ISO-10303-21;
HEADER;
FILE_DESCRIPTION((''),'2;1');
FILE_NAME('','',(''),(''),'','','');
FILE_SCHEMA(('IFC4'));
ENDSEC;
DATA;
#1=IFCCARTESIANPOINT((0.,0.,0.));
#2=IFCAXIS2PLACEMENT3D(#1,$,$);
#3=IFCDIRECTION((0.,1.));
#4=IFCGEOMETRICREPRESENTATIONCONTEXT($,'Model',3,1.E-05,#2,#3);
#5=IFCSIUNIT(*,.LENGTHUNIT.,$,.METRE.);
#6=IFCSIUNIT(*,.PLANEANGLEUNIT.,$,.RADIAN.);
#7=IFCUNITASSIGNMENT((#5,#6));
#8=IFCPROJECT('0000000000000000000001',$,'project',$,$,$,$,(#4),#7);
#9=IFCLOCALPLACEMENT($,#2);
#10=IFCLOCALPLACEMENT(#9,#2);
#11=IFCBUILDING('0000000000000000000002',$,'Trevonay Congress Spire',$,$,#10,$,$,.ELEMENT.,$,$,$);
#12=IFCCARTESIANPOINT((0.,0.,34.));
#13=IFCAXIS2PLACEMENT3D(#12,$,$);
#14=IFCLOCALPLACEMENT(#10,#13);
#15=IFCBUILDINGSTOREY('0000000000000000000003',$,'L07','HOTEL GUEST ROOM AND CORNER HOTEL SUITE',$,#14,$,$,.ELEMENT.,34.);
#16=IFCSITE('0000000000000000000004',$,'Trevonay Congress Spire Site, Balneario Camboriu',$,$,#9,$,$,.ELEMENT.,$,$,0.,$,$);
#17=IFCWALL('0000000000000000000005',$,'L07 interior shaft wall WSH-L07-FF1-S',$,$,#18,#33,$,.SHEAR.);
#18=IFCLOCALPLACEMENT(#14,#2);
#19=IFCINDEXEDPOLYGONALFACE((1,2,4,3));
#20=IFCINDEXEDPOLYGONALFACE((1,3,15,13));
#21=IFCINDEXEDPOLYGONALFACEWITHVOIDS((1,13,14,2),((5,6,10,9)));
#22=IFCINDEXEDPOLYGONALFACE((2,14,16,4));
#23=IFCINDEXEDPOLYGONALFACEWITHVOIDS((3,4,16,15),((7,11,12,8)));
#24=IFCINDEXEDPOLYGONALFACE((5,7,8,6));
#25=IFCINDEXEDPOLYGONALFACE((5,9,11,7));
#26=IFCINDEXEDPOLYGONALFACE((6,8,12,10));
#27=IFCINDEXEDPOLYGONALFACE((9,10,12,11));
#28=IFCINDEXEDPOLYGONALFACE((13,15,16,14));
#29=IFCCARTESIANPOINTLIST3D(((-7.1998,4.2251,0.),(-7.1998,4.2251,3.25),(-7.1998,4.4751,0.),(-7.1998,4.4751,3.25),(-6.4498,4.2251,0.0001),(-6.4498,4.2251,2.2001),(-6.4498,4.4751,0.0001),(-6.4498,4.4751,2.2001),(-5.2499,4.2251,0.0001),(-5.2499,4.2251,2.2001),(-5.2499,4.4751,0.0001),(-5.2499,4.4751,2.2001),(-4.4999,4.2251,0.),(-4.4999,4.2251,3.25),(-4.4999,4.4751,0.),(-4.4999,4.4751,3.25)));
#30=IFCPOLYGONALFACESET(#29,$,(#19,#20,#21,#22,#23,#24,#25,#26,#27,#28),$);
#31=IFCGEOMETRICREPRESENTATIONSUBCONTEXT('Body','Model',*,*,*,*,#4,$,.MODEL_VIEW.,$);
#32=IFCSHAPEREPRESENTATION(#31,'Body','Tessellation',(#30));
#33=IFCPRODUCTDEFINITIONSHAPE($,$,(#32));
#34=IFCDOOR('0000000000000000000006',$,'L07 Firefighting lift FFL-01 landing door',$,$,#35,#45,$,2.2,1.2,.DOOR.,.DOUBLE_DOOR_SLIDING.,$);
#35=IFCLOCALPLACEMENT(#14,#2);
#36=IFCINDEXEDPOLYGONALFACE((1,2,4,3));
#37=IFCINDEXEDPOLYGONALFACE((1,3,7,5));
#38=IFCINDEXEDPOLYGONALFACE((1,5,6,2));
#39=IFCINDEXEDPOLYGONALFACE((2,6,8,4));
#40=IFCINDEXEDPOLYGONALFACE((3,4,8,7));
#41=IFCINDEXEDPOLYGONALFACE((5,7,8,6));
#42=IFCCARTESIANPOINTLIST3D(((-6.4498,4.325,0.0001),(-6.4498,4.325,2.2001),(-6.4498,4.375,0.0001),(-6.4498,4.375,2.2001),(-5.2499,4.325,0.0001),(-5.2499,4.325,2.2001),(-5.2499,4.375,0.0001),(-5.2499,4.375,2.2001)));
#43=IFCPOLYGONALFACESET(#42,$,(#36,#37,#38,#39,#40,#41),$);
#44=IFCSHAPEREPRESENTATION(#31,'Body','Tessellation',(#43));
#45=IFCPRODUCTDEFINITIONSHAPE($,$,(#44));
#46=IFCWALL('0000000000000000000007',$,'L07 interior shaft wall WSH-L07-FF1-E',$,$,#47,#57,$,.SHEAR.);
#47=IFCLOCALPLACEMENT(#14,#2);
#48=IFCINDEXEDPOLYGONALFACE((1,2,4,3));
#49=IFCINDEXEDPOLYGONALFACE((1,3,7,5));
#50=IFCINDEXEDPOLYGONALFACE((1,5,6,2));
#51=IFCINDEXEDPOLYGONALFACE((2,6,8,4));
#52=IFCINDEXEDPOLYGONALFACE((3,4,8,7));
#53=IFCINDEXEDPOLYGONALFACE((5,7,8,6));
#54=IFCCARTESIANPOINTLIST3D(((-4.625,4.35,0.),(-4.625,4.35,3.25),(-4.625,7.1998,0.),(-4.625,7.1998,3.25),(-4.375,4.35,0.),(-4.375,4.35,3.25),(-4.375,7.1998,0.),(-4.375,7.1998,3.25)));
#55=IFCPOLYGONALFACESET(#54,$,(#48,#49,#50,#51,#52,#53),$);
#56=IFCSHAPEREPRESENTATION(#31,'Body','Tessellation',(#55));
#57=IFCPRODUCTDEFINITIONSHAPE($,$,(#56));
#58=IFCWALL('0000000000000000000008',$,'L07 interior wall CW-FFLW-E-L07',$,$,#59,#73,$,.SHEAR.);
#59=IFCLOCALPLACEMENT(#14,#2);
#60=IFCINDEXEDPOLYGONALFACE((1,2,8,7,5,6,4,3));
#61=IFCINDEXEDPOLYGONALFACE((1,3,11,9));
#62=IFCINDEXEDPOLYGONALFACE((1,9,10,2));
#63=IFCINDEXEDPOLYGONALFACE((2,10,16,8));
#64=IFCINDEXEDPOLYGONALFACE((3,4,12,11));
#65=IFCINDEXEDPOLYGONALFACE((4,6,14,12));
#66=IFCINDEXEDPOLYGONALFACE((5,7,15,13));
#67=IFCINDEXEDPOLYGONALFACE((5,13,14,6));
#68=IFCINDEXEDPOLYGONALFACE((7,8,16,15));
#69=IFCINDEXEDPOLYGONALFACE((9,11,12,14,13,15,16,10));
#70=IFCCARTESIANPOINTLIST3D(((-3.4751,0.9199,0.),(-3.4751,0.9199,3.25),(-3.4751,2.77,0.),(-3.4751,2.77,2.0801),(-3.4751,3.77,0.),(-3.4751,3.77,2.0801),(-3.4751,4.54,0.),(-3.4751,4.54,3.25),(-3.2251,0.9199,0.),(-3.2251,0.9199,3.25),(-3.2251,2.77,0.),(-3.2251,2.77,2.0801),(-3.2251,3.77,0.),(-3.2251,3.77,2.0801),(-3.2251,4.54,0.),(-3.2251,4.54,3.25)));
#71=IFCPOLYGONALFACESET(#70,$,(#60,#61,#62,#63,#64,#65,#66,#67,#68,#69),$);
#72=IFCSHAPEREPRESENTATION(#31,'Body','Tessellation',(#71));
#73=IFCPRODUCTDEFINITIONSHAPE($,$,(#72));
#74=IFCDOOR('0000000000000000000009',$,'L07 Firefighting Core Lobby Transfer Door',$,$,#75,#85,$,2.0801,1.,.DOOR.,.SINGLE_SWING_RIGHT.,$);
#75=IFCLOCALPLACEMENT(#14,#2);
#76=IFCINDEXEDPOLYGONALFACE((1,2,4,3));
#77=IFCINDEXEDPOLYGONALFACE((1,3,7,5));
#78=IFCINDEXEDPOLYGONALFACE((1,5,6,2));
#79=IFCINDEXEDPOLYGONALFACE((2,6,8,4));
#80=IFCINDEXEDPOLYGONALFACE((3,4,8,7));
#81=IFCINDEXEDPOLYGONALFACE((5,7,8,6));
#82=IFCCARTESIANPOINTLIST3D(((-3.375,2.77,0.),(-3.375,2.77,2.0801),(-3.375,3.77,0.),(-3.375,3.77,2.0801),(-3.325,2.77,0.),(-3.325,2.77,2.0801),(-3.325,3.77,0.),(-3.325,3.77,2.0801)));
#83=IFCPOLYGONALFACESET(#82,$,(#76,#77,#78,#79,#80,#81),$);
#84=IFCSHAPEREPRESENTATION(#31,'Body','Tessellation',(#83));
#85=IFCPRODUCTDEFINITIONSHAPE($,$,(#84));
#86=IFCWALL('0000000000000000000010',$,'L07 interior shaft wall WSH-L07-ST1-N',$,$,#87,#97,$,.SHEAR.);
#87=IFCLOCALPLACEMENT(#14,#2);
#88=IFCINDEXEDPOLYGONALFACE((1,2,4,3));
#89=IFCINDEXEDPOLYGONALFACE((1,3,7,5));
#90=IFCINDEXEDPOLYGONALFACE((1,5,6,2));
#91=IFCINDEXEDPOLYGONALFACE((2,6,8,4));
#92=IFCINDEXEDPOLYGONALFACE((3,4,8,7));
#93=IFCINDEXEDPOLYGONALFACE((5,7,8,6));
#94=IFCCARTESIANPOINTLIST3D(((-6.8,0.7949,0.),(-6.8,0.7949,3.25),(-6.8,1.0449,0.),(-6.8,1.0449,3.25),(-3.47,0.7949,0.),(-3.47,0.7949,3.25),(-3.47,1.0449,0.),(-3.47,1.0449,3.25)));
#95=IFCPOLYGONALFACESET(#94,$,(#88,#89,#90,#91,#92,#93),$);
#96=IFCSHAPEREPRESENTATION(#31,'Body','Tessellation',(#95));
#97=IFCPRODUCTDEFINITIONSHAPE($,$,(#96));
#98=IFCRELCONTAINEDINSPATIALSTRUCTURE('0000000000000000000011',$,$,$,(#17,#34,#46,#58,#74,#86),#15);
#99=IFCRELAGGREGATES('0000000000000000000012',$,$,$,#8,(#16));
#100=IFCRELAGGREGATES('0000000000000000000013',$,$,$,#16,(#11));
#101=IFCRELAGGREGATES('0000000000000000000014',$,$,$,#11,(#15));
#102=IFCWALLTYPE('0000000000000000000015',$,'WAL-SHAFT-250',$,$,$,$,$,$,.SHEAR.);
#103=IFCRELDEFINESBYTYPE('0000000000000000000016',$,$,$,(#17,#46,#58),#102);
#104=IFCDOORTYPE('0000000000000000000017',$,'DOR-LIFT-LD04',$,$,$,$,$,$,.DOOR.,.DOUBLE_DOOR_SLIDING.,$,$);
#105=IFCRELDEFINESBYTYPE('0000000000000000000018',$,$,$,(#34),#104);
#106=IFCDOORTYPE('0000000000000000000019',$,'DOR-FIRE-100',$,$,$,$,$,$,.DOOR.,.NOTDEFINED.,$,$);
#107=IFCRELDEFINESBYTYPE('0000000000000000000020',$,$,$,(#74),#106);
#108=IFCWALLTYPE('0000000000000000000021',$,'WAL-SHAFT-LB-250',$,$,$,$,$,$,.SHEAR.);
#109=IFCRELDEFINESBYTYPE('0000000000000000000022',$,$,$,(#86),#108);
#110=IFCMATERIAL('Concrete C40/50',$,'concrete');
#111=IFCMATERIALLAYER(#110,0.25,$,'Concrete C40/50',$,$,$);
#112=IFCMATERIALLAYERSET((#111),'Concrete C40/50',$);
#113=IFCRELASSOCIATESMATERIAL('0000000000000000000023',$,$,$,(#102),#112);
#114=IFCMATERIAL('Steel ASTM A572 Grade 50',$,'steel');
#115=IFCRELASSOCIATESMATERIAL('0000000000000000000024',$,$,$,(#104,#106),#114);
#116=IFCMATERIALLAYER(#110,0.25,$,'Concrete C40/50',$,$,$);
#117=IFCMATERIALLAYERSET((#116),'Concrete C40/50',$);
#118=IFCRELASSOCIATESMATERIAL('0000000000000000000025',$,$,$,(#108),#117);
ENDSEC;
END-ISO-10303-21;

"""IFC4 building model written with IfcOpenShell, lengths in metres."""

from ifc_helpers import new_model, si_unit, direction, frame, frame_2d, origin, place, context, subcontext, project, spatial, rectangle, extrude, material, layer, layer_set, type_object, element, fill, save


model = new_model("IFC4")

# Units and contexts
model_context = context("Model", 3, precision=1e-05, world=origin(), true_north=direction((0.0, 1.0)))
body_context = subcontext(model_context, "Body", "Model", "MODEL_VIEW")
ifc_project = project(units=[si_unit("LENGTHUNIT", "METRE"), si_unit("PLANEANGLEUNIT", "RADIAN")], contexts=[model_context])

# Site, building, storey
site_placement = place(None, origin())
site = spatial("IfcSite", under=ifc_project, at=site_placement, Name="Trevonay Congress Spire Site, Balneario Camboriu", CompositionType="ELEMENT", RefElevation=0.0)
building_placement = place(site_placement, origin())
building = spatial("IfcBuilding", under=site, at=building_placement, Name="Trevonay Congress Spire", CompositionType="ELEMENT")
storey_placement = place(building_placement, frame((0.0, 0.0, 34.0)))
storey = spatial("IfcBuildingStorey", under=building, at=storey_placement, Name="L07", Description="HOTEL GUEST ROOM AND CORNER HOTEL SUITE", CompositionType="ELEMENT", Elevation=34.0)

# Shared definitions
ifc_material_1 = material(Name="Steel ASTM A572 Grade 50", Category="steel")

# Shared definitions
ifc_material_2 = material(Name="Concrete C40/50", Category="concrete")

# Shared definitions
ifc_layer_1 = layer(ifc_material_2, 0.25, Name="Concrete C40/50")
ifc_layer_set_1 = layer_set([ifc_layer_1], Name="Concrete C40/50")
wall_type_1 = type_object("IfcWallType", Name="WAL-SHAFT-250", PredefinedType="SHEAR", material=ifc_layer_set_1)

# Wall, opening, door
wall_1_placement = place(storey_placement, frame((-7.2, 4.3501, 0.0), z_axis=(0.0, 0.0, 1.0), x_axis=(1.0, 0.0, 0.0)))
wall_1 = element("IfcWall", 1, at=wall_1_placement, inside=storey, type_object=wall_type_1, Name="L07 interior shaft wall WSH-L07-FF1-S", PredefinedType="SHEAR", context=body_context, shape_type="SweptSolid", body=[
    extrude(rectangle(XDim=2.7, YDim=0.25, at=frame_2d((1.3501, 0.0))), origin(), (0.0, 0.0, 1.0), 3.25),
])
opening_1_placement = place(wall_1_placement, frame((0.75, 0.0, 0.0)))
opening_1 = element("IfcOpeningElement", 2, at=opening_1_placement, cuts=wall_1, PredefinedType="OPENING", context=body_context, shape_type="SweptSolid", body=[
    extrude(rectangle(XDim=1.2, YDim=2.2, at=frame_2d((0.6001, 1.1001))), frame((0.0, 0.135, 0.0), z_axis=(0.0, -1.0, 0.0), x_axis=(1.0, 0.0, 0.0)), (0.0, 0.0, 1.0), 0.27),
])
door_type_1 = type_object("IfcDoorType", Name="DOR-LIFT-LD04", OperationType="DOUBLE_DOOR_SLIDING", PredefinedType="DOOR", material=ifc_material_1)
door_1_placement = place(opening_1_placement, origin())
door_1 = element("IfcDoor", 3, at=door_1_placement, inside=storey, type_object=door_type_1, Name="L07 Firefighting lift FFL-01 landing door", OperationType="DOUBLE_DOOR_SLIDING", OverallHeight=2.2, OverallWidth=1.2, PredefinedType="DOOR", context=body_context, shape_type="SweptSolid", body=[
    extrude(rectangle(XDim=1.2, YDim=2.2, at=frame_2d((0.6001, 1.1001))), frame((0.0, 0.0249, 0.0), z_axis=(0.0, -1.0, 0.0), x_axis=(1.0, 0.0, 0.0)), (0.0, 0.0, 1.0), 0.05),
])
fill(opening_1, door_1)

# Wall
wall_2_placement = place(storey_placement, frame((-4.5, 4.3501, 0.0), z_axis=(0.0, 0.0, 1.0), x_axis=(0.0, 1.0, 0.0)))
element("IfcWall", 4, at=wall_2_placement, inside=storey, type_object=wall_type_1, Name="L07 interior shaft wall WSH-L07-FF1-E", PredefinedType="SHEAR", context=body_context, shape_type="SweptSolid", body=[
    extrude(rectangle(XDim=2.8499, YDim=0.25, at=frame_2d((1.4248, 0.0))), origin(), (0.0, 0.0, 1.0), 3.25),
])

# Wall, opening, door
wall_3_placement = place(storey_placement, frame((-3.3501, 0.9199, 0.0), z_axis=(0.0, 0.0, 1.0), x_axis=(0.0, 1.0, 0.0)))
wall_3 = element("IfcWall", 5, at=wall_3_placement, inside=storey, type_object=wall_type_1, Name="L07 interior wall CW-FFLW-E-L07", PredefinedType="SHEAR", context=body_context, shape_type="SweptSolid", body=[
    extrude(rectangle(XDim=3.6201, YDim=0.25, at=frame_2d((1.8101, 0.0))), origin(), (0.0, 0.0, 1.0), 3.25),
])
opening_2_placement = place(wall_3_placement, frame((1.8501, 0.0, 0.0)))
opening_2 = element("IfcOpeningElement", 6, at=opening_2_placement, cuts=wall_3, PredefinedType="OPENING", context=body_context, shape_type="SweptSolid", body=[
    extrude(rectangle(XDim=1.0, YDim=2.0801, at=frame_2d((0.5, 1.04))), frame((0.0, 0.135, 0.0), z_axis=(0.0, -1.0, 0.0), x_axis=(1.0, 0.0, 0.0)), (0.0, 0.0, 1.0), 0.27),
])
door_type_2 = type_object("IfcDoorType", Name="DOR-FIRE-100", OperationType="NOTDEFINED", PredefinedType="DOOR", material=ifc_material_1)
door_2_placement = place(opening_2_placement, origin())
door_2 = element("IfcDoor", 7, at=door_2_placement, inside=storey, type_object=door_type_2, Name="L07 Firefighting Core Lobby Transfer Door", OperationType="SINGLE_SWING_RIGHT", OverallHeight=2.0801, OverallWidth=1.0, PredefinedType="DOOR", context=body_context, shape_type="SweptSolid", body=[
    extrude(rectangle(XDim=1.0, YDim=2.0801, at=frame_2d((0.5, 1.04))), frame((0.0, 0.0249, 0.0), z_axis=(0.0, -1.0, 0.0), x_axis=(1.0, 0.0, 0.0)), (0.0, 0.0, 1.0), 0.05),
])
fill(opening_2, door_2)

# Wall
ifc_layer_2 = layer(ifc_material_2, 0.25, Name="Concrete C40/50")
ifc_layer_set_2 = layer_set([ifc_layer_2], Name="Concrete C40/50")
wall_type_2 = type_object("IfcWallType", Name="WAL-SHAFT-LB-250", PredefinedType="SHEAR", material=ifc_layer_set_2)
wall_4_placement = place(storey_placement, frame((-6.8, 0.9199, 0.0), z_axis=(0.0, 0.0, 1.0), x_axis=(1.0, 0.0, 0.0)))
element("IfcWall", 8, at=wall_4_placement, inside=storey, type_object=wall_type_2, Name="L07 interior shaft wall WSH-L07-ST1-N", PredefinedType="SHEAR", context=body_context, shape_type="SweptSolid", body=[
    extrude(rectangle(XDim=3.3301, YDim=0.25, at=frame_2d((1.665, 0.0))), origin(), (0.0, 0.0, 1.0), 3.25),
])

save(model, "model.ifc")
